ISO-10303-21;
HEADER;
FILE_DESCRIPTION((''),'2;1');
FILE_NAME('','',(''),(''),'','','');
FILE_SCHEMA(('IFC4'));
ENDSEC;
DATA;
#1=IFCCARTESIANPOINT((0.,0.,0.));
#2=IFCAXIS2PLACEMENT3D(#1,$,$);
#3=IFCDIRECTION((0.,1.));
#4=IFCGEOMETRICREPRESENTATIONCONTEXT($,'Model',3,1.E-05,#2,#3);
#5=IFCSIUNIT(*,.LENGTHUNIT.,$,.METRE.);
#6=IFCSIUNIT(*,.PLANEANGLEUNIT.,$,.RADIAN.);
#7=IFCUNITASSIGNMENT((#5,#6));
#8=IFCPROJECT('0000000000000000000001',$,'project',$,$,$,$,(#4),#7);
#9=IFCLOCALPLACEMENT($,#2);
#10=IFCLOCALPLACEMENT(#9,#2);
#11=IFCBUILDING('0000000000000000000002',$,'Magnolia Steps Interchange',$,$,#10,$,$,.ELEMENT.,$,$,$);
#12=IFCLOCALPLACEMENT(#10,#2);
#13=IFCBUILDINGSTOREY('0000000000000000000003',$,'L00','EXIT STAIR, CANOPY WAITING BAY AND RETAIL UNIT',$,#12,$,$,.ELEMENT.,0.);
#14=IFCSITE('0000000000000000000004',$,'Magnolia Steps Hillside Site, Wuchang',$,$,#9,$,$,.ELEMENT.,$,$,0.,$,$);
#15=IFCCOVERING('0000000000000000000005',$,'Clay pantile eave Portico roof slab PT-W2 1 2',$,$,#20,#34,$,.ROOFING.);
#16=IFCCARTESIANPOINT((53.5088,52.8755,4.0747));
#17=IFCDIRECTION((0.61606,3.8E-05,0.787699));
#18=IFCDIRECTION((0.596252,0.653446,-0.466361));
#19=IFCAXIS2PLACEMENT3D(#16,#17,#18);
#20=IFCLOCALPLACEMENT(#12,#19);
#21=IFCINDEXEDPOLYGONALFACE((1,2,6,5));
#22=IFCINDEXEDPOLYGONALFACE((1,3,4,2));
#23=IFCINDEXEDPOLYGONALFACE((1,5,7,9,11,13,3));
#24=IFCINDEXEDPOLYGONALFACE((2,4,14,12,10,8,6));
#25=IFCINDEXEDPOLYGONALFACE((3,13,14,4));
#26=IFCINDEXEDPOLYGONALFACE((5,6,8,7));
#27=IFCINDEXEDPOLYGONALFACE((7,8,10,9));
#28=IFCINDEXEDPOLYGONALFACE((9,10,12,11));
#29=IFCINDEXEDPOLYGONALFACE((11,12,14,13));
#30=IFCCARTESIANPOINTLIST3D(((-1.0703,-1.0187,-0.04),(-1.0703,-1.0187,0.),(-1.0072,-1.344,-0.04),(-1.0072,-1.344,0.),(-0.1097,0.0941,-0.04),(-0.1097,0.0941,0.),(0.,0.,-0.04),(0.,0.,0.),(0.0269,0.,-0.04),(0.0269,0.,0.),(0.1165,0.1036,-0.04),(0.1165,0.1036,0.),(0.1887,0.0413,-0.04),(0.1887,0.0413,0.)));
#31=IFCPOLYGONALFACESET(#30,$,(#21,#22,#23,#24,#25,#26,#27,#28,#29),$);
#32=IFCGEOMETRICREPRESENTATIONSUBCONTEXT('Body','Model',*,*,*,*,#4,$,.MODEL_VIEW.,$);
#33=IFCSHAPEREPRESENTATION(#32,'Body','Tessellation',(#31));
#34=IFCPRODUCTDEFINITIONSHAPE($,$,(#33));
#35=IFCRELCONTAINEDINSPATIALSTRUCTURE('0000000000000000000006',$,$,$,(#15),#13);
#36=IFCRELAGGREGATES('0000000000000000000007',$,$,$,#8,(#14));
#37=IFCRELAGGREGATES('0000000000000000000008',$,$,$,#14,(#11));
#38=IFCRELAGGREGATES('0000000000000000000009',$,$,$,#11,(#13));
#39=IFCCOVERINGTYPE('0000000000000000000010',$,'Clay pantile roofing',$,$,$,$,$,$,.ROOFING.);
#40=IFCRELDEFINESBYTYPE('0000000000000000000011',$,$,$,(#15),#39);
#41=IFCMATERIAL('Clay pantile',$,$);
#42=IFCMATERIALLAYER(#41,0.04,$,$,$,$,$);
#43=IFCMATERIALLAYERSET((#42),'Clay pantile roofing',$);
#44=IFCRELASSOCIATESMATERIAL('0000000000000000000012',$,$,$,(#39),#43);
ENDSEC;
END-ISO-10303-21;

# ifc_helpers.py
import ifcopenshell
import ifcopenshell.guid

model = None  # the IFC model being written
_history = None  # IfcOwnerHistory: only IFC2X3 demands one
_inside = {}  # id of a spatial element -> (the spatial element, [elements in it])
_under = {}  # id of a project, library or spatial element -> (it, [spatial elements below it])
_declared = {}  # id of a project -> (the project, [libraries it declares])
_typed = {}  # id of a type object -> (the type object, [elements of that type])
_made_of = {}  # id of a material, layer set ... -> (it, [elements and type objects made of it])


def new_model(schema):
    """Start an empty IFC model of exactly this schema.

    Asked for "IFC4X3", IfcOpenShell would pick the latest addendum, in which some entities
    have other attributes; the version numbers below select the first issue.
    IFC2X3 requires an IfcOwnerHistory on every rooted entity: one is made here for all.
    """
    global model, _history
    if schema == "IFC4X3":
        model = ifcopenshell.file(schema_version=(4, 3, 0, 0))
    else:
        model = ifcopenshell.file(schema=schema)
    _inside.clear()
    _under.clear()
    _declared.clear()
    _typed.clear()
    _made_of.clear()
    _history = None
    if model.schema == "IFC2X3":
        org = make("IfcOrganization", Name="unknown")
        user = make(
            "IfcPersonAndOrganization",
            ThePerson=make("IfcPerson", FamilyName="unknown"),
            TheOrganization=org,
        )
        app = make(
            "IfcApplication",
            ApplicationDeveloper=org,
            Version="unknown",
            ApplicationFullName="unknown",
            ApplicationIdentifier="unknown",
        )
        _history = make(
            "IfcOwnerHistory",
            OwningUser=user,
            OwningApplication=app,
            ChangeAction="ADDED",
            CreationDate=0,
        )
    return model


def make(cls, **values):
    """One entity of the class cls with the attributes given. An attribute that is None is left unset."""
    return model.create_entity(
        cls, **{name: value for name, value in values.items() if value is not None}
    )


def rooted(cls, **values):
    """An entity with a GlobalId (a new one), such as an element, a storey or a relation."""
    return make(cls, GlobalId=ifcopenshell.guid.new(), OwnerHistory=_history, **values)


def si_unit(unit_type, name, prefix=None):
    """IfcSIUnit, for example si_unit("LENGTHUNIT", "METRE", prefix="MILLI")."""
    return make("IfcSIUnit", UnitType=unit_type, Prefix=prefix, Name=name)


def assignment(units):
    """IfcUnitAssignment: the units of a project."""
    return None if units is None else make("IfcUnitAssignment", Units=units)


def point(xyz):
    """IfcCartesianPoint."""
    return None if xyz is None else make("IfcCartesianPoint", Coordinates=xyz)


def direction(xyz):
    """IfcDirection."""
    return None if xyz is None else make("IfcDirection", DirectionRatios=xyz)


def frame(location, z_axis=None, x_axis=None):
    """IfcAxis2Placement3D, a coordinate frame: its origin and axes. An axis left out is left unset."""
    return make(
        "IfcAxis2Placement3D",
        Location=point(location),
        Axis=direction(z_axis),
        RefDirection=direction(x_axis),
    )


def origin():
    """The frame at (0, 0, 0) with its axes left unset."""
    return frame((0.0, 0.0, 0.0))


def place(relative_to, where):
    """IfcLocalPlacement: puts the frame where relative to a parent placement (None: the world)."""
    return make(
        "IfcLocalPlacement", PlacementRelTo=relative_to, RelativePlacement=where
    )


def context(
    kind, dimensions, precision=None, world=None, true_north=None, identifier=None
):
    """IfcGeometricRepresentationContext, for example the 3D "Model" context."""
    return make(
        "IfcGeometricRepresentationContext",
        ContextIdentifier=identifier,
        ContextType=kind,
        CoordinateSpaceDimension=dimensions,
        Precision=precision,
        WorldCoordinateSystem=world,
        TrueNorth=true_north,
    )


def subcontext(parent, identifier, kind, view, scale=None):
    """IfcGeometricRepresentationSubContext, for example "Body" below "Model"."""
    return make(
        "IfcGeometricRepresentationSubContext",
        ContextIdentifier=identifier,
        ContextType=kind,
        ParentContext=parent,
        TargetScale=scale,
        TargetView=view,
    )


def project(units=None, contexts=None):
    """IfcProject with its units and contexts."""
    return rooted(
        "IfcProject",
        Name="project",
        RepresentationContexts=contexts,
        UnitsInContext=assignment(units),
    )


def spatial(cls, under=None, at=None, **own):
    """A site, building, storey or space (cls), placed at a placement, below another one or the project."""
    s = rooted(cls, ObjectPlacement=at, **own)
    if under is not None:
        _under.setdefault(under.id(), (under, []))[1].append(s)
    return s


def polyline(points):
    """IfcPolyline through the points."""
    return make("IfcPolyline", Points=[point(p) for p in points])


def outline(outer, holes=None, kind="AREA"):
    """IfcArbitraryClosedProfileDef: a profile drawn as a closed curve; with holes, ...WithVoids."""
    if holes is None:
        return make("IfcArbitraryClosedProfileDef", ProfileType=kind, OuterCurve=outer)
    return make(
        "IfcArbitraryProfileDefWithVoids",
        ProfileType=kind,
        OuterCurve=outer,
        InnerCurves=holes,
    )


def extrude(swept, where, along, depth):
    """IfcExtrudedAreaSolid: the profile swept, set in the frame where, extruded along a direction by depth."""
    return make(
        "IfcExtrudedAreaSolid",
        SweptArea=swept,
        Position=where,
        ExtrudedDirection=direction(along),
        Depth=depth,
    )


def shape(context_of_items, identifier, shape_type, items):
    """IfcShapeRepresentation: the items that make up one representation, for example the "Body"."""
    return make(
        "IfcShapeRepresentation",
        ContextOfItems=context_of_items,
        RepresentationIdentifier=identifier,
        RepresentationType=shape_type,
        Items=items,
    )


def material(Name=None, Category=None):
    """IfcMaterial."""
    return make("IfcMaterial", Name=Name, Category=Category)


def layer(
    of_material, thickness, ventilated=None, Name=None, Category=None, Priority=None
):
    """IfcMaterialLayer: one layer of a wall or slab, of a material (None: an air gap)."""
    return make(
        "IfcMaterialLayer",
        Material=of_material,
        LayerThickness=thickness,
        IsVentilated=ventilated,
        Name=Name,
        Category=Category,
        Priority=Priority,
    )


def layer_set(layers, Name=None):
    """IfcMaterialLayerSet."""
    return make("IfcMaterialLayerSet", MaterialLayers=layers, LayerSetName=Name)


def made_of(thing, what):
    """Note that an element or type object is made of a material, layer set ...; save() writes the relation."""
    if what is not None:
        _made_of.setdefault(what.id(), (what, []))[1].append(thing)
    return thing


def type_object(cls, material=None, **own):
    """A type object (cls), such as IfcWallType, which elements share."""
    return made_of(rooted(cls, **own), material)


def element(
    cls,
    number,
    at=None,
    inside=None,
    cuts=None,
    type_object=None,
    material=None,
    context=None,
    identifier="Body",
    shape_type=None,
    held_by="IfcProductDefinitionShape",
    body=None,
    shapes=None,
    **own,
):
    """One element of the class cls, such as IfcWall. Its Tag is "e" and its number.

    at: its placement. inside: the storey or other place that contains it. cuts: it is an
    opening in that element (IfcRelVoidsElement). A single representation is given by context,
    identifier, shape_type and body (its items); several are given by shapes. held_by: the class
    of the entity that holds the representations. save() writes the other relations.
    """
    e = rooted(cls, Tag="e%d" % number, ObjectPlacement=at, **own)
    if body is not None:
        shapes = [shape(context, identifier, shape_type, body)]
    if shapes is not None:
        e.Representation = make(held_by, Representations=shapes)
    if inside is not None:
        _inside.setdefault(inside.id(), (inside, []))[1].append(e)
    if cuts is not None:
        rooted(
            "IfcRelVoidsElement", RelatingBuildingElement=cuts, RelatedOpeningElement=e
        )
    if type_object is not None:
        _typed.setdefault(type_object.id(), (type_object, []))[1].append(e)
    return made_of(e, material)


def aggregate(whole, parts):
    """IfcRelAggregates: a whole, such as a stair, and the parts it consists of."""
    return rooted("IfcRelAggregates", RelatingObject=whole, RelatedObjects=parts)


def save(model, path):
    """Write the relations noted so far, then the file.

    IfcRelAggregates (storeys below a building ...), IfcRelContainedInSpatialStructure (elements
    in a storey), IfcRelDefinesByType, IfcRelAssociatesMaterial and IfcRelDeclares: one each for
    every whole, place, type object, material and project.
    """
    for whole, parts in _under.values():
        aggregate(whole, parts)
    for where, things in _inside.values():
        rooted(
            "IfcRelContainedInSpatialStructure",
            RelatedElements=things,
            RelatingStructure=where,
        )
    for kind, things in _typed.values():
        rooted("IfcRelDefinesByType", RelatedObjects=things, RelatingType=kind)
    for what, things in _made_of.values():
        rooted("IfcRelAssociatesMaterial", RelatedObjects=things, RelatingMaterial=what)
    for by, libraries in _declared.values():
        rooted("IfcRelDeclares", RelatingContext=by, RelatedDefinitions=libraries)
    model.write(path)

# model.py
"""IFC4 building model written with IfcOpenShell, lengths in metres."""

from ifc_helpers import new_model, si_unit, direction, frame, origin, place, context, subcontext, project, spatial, polyline, outline, extrude, material, layer, layer_set, type_object, element, save


model = new_model("IFC4")

# Units and contexts
model_context = context("Model", 3, precision=1e-05, world=origin(), true_north=direction((0.0, 1.0)))
body_context = subcontext(model_context, "Body", "Model", "MODEL_VIEW")
ifc_project = project(units=[si_unit("LENGTHUNIT", "METRE"), si_unit("PLANEANGLEUNIT", "RADIAN")], contexts=[model_context])

# Site, building, storey
site_placement = place(None, origin())
site = spatial("IfcSite", under=ifc_project, at=site_placement, Name="Magnolia Steps Hillside Site, Wuchang", CompositionType="ELEMENT", RefElevation=0.0)
building_placement = place(site_placement, origin())
building = spatial("IfcBuilding", under=site, at=building_placement, Name="Magnolia Steps Interchange", CompositionType="ELEMENT")
storey_placement = place(building_placement, origin())
storey = spatial("IfcBuildingStorey", under=building, at=storey_placement, Name="L00", Description="EXIT STAIR, CANOPY WAITING BAY AND RETAIL UNIT", CompositionType="ELEMENT", Elevation=0.0)

# Covering
ifc_material_1 = material(Name="Clay pantile")
ifc_layer_1 = layer(ifc_material_1, 0.04)
ifc_layer_set_1 = layer_set([ifc_layer_1], Name="Clay pantile roofing")
covering_type = type_object("IfcCoveringType", Name="Clay pantile roofing", PredefinedType="ROOFING", material=ifc_layer_set_1)
covering_placement = place(storey_placement, frame((53.5088, 52.8755, 4.0747), z_axis=(0.61606, 0.000038, 0.787699), x_axis=(0.596252, 0.653446, -0.466361)))
element("IfcCovering", 1, at=covering_placement, inside=storey, type_object=covering_type, Name="Clay pantile eave Portico roof slab PT-W2 1 2", PredefinedType="ROOFING", context=body_context, shape_type="SweptSolid", body=[
    extrude(outline(polyline([(0.0, 0.0), (0.0269, 0.0), (0.1165, 0.1036), (0.1887, 0.0413), (-1.0072, -1.344), (-1.0703, -1.0187), (-0.1097, 0.0941), (0.0, 0.0)])), origin(), (0.0, 0.0, -1.0), 0.04),
])

save(model, "model.ifc")
